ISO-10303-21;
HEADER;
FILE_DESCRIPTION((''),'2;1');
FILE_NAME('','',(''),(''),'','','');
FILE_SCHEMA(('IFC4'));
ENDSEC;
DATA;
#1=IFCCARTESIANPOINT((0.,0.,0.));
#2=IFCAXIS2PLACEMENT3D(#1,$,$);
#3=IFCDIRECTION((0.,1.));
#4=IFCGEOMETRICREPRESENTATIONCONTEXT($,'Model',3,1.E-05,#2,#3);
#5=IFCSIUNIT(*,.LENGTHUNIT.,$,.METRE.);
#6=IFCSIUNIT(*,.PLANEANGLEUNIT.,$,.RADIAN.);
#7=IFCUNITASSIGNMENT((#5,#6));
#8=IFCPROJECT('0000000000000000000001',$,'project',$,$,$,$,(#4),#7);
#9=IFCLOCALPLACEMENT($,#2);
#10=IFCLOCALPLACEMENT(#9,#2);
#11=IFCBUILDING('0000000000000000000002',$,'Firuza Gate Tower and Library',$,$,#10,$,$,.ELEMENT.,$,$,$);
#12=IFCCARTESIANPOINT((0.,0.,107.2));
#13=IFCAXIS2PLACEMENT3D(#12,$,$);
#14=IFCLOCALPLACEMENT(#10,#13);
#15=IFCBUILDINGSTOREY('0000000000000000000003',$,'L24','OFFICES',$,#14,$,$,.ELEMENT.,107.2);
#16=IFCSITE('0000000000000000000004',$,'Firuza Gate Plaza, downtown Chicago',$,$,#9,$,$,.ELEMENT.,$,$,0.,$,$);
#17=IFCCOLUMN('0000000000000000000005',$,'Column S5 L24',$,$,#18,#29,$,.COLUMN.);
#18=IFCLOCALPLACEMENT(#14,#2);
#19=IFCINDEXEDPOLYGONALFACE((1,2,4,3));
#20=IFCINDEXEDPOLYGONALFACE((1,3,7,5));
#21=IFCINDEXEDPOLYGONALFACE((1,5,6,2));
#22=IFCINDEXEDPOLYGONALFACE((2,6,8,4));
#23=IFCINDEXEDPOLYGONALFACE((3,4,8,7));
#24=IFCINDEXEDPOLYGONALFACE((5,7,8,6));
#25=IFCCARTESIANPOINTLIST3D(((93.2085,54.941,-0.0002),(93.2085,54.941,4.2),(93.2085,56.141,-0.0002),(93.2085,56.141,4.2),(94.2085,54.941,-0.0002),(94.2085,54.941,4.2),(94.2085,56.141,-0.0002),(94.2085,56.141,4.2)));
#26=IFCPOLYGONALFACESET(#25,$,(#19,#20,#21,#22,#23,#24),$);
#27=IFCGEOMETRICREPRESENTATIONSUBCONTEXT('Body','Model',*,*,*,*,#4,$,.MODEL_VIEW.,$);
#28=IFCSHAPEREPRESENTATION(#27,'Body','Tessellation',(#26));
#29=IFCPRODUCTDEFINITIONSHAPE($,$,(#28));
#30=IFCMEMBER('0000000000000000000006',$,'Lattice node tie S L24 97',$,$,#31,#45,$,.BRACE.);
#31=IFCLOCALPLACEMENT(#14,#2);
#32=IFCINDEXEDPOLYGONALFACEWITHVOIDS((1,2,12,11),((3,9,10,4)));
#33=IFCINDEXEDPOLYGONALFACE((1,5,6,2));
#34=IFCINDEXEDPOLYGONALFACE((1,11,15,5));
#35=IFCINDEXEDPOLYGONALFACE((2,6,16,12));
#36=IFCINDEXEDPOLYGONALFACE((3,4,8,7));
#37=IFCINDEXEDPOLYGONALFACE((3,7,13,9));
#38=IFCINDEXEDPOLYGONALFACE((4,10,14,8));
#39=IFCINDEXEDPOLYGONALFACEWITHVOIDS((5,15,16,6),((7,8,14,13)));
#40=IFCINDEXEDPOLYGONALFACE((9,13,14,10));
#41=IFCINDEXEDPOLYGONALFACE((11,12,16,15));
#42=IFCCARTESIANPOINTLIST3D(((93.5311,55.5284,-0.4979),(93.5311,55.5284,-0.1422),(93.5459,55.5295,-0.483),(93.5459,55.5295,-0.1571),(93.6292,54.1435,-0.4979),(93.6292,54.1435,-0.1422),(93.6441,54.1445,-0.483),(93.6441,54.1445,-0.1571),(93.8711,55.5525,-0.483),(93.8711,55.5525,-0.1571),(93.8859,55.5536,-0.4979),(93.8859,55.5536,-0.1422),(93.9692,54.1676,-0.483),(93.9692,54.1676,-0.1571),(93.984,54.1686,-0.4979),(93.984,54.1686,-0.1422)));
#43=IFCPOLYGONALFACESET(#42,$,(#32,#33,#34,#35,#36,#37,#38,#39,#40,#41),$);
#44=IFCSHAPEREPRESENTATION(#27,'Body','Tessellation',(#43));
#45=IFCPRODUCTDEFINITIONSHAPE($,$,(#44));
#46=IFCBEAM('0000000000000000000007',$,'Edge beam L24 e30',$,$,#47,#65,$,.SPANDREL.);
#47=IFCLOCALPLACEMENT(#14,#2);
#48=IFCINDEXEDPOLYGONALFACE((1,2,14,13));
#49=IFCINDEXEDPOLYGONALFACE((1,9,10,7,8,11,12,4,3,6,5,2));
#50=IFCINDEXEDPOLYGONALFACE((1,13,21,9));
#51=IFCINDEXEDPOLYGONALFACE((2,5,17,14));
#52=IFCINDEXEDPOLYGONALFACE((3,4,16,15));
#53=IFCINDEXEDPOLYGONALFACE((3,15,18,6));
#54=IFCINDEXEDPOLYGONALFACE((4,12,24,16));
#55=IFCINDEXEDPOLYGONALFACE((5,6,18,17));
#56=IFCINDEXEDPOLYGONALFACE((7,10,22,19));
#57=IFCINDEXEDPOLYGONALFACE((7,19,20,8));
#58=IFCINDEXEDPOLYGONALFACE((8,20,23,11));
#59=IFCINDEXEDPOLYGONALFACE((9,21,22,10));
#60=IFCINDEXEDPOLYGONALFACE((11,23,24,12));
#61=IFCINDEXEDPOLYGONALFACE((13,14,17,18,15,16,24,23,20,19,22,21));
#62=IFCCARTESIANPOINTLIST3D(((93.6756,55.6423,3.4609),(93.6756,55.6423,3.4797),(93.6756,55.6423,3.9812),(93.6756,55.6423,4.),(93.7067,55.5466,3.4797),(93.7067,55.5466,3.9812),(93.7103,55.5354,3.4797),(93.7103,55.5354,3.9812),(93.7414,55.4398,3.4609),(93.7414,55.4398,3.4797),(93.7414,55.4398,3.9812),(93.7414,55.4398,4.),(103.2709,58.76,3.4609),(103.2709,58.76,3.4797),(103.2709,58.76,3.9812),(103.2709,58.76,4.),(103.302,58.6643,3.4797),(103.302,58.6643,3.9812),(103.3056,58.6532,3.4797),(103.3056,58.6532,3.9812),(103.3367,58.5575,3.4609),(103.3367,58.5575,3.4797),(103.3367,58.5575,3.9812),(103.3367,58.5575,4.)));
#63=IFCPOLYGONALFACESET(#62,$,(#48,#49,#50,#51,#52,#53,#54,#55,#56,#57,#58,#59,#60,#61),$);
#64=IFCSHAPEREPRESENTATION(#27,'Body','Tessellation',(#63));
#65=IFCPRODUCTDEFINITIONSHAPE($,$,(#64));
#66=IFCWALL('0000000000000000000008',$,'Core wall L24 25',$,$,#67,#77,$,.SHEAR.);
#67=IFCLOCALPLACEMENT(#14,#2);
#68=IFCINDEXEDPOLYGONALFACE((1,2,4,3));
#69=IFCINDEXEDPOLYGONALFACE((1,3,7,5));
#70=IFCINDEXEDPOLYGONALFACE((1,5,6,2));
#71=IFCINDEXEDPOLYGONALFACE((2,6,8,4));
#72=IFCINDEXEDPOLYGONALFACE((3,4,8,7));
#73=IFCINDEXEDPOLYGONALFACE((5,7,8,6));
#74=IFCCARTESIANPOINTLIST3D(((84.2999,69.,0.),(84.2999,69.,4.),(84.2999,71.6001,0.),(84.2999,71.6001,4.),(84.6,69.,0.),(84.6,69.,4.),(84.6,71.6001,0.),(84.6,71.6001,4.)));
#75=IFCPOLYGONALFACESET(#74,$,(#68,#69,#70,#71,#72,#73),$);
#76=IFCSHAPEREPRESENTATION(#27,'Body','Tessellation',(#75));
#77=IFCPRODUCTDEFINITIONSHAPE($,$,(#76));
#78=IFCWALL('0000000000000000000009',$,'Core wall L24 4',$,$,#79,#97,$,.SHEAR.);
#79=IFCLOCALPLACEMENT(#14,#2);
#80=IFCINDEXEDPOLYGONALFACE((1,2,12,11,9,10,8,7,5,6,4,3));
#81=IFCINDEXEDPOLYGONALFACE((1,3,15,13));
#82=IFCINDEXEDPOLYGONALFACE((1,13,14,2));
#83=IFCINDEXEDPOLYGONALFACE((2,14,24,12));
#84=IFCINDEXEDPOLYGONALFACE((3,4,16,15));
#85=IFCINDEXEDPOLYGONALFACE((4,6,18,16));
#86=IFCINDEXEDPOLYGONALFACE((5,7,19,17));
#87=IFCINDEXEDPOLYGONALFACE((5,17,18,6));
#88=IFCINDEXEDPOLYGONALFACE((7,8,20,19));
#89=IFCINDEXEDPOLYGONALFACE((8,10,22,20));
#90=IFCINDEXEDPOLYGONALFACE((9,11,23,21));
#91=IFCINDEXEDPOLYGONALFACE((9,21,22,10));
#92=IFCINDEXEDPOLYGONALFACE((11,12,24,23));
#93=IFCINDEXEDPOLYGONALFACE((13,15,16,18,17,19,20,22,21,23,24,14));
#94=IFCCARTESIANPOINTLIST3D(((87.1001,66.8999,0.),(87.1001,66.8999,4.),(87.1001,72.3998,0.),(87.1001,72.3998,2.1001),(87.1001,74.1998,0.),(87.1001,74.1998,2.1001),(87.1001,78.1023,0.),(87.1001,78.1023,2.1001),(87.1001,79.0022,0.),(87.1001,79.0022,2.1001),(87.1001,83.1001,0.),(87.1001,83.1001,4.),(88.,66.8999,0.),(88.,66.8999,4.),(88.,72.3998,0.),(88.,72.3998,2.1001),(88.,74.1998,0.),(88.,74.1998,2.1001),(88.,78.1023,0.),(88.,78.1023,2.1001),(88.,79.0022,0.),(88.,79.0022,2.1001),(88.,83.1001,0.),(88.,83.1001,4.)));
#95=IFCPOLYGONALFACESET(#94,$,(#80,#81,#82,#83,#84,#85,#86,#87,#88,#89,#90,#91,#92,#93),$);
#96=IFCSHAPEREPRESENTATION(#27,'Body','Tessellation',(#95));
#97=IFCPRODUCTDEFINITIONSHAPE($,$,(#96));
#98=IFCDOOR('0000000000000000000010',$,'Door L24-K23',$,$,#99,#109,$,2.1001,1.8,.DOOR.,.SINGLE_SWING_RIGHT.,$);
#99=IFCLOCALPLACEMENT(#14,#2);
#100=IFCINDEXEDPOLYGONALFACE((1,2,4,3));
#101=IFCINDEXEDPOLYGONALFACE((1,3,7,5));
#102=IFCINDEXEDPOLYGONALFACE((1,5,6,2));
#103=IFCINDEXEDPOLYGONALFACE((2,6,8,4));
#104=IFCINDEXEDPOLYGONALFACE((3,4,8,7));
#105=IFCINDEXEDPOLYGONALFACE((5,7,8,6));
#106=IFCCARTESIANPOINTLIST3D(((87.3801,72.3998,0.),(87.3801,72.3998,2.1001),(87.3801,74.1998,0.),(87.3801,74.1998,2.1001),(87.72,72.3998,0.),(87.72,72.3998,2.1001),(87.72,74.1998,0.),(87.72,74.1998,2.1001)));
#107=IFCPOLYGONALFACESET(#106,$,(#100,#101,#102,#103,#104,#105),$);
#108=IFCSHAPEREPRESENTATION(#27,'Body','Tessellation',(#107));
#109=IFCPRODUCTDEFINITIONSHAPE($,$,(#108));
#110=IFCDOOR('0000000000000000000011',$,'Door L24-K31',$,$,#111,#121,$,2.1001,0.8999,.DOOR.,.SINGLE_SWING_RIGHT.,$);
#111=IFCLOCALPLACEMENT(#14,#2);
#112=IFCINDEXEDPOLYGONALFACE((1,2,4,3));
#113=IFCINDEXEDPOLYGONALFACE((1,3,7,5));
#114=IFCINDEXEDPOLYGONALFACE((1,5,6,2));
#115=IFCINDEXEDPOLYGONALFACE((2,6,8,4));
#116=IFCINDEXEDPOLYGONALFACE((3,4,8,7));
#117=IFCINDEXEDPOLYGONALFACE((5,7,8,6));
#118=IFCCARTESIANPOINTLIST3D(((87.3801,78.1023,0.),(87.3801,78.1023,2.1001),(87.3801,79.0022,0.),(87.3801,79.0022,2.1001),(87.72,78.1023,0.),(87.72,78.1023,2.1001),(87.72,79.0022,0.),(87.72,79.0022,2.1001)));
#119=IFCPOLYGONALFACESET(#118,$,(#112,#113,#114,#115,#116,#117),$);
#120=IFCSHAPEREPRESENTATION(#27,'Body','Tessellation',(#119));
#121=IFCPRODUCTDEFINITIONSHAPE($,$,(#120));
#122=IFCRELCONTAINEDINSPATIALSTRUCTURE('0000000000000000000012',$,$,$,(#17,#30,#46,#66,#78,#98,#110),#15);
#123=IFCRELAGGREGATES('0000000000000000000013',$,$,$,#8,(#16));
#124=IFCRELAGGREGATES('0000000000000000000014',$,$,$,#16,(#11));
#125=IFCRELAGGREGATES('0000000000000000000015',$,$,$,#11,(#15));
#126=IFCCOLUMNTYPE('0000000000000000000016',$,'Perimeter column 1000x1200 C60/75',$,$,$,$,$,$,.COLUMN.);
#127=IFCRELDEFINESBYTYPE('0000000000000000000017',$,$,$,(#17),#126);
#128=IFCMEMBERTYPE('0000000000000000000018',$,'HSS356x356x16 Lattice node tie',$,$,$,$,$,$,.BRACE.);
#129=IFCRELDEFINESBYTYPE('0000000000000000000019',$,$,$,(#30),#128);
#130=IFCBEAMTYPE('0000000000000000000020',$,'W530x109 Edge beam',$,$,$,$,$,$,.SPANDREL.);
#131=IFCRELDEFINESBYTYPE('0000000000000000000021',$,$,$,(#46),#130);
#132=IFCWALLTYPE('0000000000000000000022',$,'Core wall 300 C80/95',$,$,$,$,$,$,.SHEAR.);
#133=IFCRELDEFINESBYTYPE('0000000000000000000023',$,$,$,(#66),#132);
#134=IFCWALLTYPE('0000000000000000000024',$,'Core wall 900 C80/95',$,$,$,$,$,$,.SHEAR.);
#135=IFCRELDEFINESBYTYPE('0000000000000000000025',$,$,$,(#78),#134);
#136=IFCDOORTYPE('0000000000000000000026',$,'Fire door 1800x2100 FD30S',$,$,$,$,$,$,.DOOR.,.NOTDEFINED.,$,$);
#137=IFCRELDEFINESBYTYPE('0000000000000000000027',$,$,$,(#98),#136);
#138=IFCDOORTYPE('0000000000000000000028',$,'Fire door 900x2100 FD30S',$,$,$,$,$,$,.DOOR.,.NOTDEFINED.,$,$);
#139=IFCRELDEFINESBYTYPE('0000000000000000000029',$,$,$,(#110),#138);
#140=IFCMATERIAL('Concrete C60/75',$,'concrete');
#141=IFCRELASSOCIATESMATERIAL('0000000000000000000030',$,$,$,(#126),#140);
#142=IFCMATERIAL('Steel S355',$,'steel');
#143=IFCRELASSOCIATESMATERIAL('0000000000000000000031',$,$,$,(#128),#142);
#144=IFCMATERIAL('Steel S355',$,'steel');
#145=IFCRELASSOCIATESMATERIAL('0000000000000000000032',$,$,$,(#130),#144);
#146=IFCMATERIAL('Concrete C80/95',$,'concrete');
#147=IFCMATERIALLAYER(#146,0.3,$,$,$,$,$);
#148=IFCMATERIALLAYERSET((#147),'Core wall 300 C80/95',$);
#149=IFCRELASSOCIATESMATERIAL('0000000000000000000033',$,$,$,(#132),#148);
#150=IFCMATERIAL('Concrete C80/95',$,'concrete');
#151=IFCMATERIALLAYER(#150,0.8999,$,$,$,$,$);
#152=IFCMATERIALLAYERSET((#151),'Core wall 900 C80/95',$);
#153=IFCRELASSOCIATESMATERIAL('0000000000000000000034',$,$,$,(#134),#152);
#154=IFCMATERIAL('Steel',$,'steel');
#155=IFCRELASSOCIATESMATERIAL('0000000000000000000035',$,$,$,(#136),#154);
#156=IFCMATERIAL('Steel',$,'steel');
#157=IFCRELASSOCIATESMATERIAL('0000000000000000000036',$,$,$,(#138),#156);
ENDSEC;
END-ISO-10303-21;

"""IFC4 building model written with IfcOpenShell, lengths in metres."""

from ifc_helpers import new_model, si_unit, direction, frame, frame_2d, origin, origin_2d, place, context, subcontext, project, spatial, rectangle, hollow_rectangle, i_section, extrude, material, layer, layer_set, material_profile, profile_set, type_object, element, fill, save


model = new_model("IFC4")

# Units and contexts
model_context = context("Model", 3, precision=1e-05, world=origin(), true_north=direction((0.0, 1.0)))
body_context = subcontext(model_context, "Body", "Model", "MODEL_VIEW")
ifc_project = project(units=[si_unit("LENGTHUNIT", "METRE"), si_unit("PLANEANGLEUNIT", "RADIAN")], contexts=[model_context])

# Site, building, storey
site_placement = place(None, origin())
site = spatial("IfcSite", under=ifc_project, at=site_placement, Name="Firuza Gate Plaza, downtown Chicago", CompositionType="ELEMENT", RefElevation=0.0)
building_placement = place(site_placement, origin())
building = spatial("IfcBuilding", under=site, at=building_placement, Name="Firuza Gate Tower and Library", CompositionType="ELEMENT")
storey_placement = place(building_placement, frame((0.0, 0.0, 107.2)))
storey = spatial("IfcBuildingStorey", under=building, at=storey_placement, Name="L24", Description="OFFICES", CompositionType="ELEMENT", Elevation=107.2)

# Column
ifc_material_1 = material(Name="Concrete C60/75", Category="concrete")
ifc_material_profile_1 = material_profile(ifc_material_1, rectangle(XDim=1.0, YDim=1.2, at=origin_2d()))
ifc_profile_set_1 = profile_set([ifc_material_profile_1], Name="Concrete C60/75")
column_type = type_object("IfcColumnType", Name="Perimeter column 1000x1200 C60/75", PredefinedType="COLUMN", material=ifc_profile_set_1)
column_placement = place(storey_placement, frame((93.7085, 55.541, -0.0002), z_axis=(0.0, 0.0, 1.0), x_axis=(1.0, 0.0, 0.0)))
element("IfcColumn", 1, at=column_placement, inside=storey, type_object=column_type, Name="Column S5 L24", PredefinedType="COLUMN", context=body_context, shape_type="SweptSolid", body=[
    extrude(rectangle(XDim=1.0, YDim=1.2, at=origin_2d()), origin(), (0.0, 0.0, 1.0), 4.2002),
])

# Member
ifc_material_2 = material(Name="Steel S355", Category="steel")
ifc_material_profile_2 = material_profile(ifc_material_2, hollow_rectangle(XDim=0.3557, YDim=0.3557, WallThickness=0.0149, at=origin_2d()))
ifc_profile_set_2 = profile_set([ifc_material_profile_2], Name="Steel S355")
member_type = type_object("IfcMemberType", Name="HSS356x356x16 Lattice node tie", PredefinedType="BRACE", material=ifc_profile_set_2)
member_placement = place(storey_placement, frame((93.7085, 55.541, -0.3201), z_axis=(0.070685, -0.997499, 0.0), x_axis=(0.997499, 0.070685, 0.0)))
element("IfcMember", 2, at=member_placement, inside=storey, type_object=member_type, Name="Lattice node tie S L24 97", PredefinedType="BRACE", context=body_context, shape_type="SweptSolid", body=[
    extrude(hollow_rectangle(XDim=0.3557, YDim=0.3557, WallThickness=0.0149, at=origin_2d()), origin(), (0.0, 0.0, 1.0), 1.3884),
])

# Beam
ifc_material_3 = material(Name="Steel S355", Category="steel")
ifc_material_profile_3 = material_profile(ifc_material_3, i_section(OverallWidth=0.2129, OverallDepth=0.5391, WebThickness=0.0117, FlangeThickness=0.0188, at=origin_2d()))
ifc_profile_set_3 = profile_set([ifc_material_profile_3], Name="Steel S355")
beam_type = type_object("IfcBeamType", Name="W530x109 Edge beam", PredefinedType="SPANDREL", material=ifc_profile_set_3)
beam_placement = place(storey_placement, frame((93.7085, 55.541, 3.7305), z_axis=(0.951056, 0.309017, 0.0), x_axis=(-0.309017, 0.951056, 0.0)))
element("IfcBeam", 3, at=beam_placement, inside=storey, type_object=beam_type, Name="Edge beam L24 e30", PredefinedType="SPANDREL", context=body_context, shape_type="SweptSolid", body=[
    extrude(i_section(OverallWidth=0.2129, OverallDepth=0.5391, WebThickness=0.0117, FlangeThickness=0.0188, at=origin_2d()), origin(), (0.0, 0.0, 1.0), 10.0891),
])

# Wall
ifc_material_4 = material(Name="Concrete C80/95", Category="concrete")
ifc_layer_1 = layer(ifc_material_4, 0.3)
ifc_layer_set_1 = layer_set([ifc_layer_1], Name="Core wall 300 C80/95")
wall_type_1 = type_object("IfcWallType", Name="Core wall 300 C80/95", PredefinedType="SHEAR", material=ifc_layer_set_1)
wall_1_placement = place(storey_placement, frame((84.45, 69.0, 0.0), z_axis=(0.0, 0.0, 1.0), x_axis=(0.0, 1.0, 0.0)))
element("IfcWall", 4, at=wall_1_placement, inside=storey, type_object=wall_type_1, Name="Core wall L24 25", PredefinedType="SHEAR", context=body_context, shape_type="SweptSolid", body=[
    extrude(rectangle(XDim=2.6001, YDim=0.3, at=frame_2d((1.3, 0.0))), origin(), (0.0, 0.0, 1.0), 4.0),
])

# Wall, openings, doors
ifc_material_5 = material(Name="Concrete C80/95", Category="concrete")
ifc_layer_2 = layer(ifc_material_5, 0.8999)
ifc_layer_set_2 = layer_set([ifc_layer_2], Name="Core wall 900 C80/95")
wall_type_2 = type_object("IfcWallType", Name="Core wall 900 C80/95", PredefinedType="SHEAR", material=ifc_layer_set_2)
wall_2_placement = place(storey_placement, frame((87.55, 66.8999, 0.0), z_axis=(0.0, 0.0, 1.0), x_axis=(0.0, 1.0, 0.0)))
wall_2 = element("IfcWall", 5, at=wall_2_placement, inside=storey, type_object=wall_type_2, Name="Core wall L24 4", PredefinedType="SHEAR", context=body_context, shape_type="SweptSolid", body=[
    extrude(rectangle(XDim=16.2002, YDim=0.8999, at=frame_2d((8.1001, 0.0))), origin(), (0.0, 0.0, 1.0), 4.0),
])
opening_1_placement = place(wall_2_placement, frame((5.5, 0.0, 0.0)))
opening_1 = element("IfcOpeningElement", 6, at=opening_1_placement, cuts=wall_2, PredefinedType="OPENING", context=body_context, shape_type="SweptSolid", body=[
    extrude(rectangle(XDim=1.8, YDim=2.1001, at=frame_2d((0.8999, 1.05))), frame((0.0, 0.46, 0.0), z_axis=(0.0, -1.0, 0.0), x_axis=(1.0, 0.0, 0.0)), (0.0, 0.0, 1.0), 0.9199),
])
opening_2_placement = place(wall_2_placement, frame((11.2024, 0.0, 0.0)))
opening_2 = element("IfcOpeningElement", 7, at=opening_2_placement, cuts=wall_2, PredefinedType="OPENING", context=body_context, shape_type="SweptSolid", body=[
    extrude(rectangle(XDim=0.8999, YDim=2.1001, at=frame_2d((0.45, 1.05))), frame((0.0, 0.46, 0.0), z_axis=(0.0, -1.0, 0.0), x_axis=(1.0, 0.0, 0.0)), (0.0, 0.0, 1.0), 0.9199),
])
ifc_material_6 = material(Name="Steel", Category="steel")
door_type_1 = type_object("IfcDoorType", Name="Fire door 1800x2100 FD30S", OperationType="NOTDEFINED", PredefinedType="DOOR", material=ifc_material_6)
door_1_placement = place(opening_1_placement, origin())
door_1 = element("IfcDoor", 8, at=door_1_placement, inside=storey, type_object=door_type_1, Name="Door L24-K23", OperationType="SINGLE_SWING_RIGHT", OverallHeight=2.1001, OverallWidth=1.8, PredefinedType="DOOR", context=body_context, shape_type="SweptSolid", body=[
    extrude(rectangle(XDim=1.8, YDim=2.1001, at=frame_2d((0.8999, 1.05))), frame((0.0, 0.1699, 0.0), z_axis=(0.0, -1.0, 0.0), x_axis=(1.0, 0.0, 0.0)), (0.0, 0.0, 1.0), 0.3398),
])
fill(opening_1, door_1)
ifc_material_7 = material(Name="Steel", Category="steel")
door_type_2 = type_object("IfcDoorType", Name="Fire door 900x2100 FD30S", OperationType="NOTDEFINED", PredefinedType="DOOR", material=ifc_material_7)
door_2_placement = place(opening_2_placement, origin())
door_2 = element("IfcDoor", 9, at=door_2_placement, inside=storey, type_object=door_type_2, Name="Door L24-K31", OperationType="SINGLE_SWING_RIGHT", OverallHeight=2.1001, OverallWidth=0.8999, PredefinedType="DOOR", context=body_context, shape_type="SweptSolid", body=[
    extrude(rectangle(XDim=0.8999, YDim=2.1001, at=frame_2d((0.45, 1.05))), frame((0.0, 0.1699, 0.0), z_axis=(0.0, -1.0, 0.0), x_axis=(1.0, 0.0, 0.0)), (0.0, 0.0, 1.0), 0.3398),
])
fill(opening_2, door_2)

save(model, "model.ifc")
